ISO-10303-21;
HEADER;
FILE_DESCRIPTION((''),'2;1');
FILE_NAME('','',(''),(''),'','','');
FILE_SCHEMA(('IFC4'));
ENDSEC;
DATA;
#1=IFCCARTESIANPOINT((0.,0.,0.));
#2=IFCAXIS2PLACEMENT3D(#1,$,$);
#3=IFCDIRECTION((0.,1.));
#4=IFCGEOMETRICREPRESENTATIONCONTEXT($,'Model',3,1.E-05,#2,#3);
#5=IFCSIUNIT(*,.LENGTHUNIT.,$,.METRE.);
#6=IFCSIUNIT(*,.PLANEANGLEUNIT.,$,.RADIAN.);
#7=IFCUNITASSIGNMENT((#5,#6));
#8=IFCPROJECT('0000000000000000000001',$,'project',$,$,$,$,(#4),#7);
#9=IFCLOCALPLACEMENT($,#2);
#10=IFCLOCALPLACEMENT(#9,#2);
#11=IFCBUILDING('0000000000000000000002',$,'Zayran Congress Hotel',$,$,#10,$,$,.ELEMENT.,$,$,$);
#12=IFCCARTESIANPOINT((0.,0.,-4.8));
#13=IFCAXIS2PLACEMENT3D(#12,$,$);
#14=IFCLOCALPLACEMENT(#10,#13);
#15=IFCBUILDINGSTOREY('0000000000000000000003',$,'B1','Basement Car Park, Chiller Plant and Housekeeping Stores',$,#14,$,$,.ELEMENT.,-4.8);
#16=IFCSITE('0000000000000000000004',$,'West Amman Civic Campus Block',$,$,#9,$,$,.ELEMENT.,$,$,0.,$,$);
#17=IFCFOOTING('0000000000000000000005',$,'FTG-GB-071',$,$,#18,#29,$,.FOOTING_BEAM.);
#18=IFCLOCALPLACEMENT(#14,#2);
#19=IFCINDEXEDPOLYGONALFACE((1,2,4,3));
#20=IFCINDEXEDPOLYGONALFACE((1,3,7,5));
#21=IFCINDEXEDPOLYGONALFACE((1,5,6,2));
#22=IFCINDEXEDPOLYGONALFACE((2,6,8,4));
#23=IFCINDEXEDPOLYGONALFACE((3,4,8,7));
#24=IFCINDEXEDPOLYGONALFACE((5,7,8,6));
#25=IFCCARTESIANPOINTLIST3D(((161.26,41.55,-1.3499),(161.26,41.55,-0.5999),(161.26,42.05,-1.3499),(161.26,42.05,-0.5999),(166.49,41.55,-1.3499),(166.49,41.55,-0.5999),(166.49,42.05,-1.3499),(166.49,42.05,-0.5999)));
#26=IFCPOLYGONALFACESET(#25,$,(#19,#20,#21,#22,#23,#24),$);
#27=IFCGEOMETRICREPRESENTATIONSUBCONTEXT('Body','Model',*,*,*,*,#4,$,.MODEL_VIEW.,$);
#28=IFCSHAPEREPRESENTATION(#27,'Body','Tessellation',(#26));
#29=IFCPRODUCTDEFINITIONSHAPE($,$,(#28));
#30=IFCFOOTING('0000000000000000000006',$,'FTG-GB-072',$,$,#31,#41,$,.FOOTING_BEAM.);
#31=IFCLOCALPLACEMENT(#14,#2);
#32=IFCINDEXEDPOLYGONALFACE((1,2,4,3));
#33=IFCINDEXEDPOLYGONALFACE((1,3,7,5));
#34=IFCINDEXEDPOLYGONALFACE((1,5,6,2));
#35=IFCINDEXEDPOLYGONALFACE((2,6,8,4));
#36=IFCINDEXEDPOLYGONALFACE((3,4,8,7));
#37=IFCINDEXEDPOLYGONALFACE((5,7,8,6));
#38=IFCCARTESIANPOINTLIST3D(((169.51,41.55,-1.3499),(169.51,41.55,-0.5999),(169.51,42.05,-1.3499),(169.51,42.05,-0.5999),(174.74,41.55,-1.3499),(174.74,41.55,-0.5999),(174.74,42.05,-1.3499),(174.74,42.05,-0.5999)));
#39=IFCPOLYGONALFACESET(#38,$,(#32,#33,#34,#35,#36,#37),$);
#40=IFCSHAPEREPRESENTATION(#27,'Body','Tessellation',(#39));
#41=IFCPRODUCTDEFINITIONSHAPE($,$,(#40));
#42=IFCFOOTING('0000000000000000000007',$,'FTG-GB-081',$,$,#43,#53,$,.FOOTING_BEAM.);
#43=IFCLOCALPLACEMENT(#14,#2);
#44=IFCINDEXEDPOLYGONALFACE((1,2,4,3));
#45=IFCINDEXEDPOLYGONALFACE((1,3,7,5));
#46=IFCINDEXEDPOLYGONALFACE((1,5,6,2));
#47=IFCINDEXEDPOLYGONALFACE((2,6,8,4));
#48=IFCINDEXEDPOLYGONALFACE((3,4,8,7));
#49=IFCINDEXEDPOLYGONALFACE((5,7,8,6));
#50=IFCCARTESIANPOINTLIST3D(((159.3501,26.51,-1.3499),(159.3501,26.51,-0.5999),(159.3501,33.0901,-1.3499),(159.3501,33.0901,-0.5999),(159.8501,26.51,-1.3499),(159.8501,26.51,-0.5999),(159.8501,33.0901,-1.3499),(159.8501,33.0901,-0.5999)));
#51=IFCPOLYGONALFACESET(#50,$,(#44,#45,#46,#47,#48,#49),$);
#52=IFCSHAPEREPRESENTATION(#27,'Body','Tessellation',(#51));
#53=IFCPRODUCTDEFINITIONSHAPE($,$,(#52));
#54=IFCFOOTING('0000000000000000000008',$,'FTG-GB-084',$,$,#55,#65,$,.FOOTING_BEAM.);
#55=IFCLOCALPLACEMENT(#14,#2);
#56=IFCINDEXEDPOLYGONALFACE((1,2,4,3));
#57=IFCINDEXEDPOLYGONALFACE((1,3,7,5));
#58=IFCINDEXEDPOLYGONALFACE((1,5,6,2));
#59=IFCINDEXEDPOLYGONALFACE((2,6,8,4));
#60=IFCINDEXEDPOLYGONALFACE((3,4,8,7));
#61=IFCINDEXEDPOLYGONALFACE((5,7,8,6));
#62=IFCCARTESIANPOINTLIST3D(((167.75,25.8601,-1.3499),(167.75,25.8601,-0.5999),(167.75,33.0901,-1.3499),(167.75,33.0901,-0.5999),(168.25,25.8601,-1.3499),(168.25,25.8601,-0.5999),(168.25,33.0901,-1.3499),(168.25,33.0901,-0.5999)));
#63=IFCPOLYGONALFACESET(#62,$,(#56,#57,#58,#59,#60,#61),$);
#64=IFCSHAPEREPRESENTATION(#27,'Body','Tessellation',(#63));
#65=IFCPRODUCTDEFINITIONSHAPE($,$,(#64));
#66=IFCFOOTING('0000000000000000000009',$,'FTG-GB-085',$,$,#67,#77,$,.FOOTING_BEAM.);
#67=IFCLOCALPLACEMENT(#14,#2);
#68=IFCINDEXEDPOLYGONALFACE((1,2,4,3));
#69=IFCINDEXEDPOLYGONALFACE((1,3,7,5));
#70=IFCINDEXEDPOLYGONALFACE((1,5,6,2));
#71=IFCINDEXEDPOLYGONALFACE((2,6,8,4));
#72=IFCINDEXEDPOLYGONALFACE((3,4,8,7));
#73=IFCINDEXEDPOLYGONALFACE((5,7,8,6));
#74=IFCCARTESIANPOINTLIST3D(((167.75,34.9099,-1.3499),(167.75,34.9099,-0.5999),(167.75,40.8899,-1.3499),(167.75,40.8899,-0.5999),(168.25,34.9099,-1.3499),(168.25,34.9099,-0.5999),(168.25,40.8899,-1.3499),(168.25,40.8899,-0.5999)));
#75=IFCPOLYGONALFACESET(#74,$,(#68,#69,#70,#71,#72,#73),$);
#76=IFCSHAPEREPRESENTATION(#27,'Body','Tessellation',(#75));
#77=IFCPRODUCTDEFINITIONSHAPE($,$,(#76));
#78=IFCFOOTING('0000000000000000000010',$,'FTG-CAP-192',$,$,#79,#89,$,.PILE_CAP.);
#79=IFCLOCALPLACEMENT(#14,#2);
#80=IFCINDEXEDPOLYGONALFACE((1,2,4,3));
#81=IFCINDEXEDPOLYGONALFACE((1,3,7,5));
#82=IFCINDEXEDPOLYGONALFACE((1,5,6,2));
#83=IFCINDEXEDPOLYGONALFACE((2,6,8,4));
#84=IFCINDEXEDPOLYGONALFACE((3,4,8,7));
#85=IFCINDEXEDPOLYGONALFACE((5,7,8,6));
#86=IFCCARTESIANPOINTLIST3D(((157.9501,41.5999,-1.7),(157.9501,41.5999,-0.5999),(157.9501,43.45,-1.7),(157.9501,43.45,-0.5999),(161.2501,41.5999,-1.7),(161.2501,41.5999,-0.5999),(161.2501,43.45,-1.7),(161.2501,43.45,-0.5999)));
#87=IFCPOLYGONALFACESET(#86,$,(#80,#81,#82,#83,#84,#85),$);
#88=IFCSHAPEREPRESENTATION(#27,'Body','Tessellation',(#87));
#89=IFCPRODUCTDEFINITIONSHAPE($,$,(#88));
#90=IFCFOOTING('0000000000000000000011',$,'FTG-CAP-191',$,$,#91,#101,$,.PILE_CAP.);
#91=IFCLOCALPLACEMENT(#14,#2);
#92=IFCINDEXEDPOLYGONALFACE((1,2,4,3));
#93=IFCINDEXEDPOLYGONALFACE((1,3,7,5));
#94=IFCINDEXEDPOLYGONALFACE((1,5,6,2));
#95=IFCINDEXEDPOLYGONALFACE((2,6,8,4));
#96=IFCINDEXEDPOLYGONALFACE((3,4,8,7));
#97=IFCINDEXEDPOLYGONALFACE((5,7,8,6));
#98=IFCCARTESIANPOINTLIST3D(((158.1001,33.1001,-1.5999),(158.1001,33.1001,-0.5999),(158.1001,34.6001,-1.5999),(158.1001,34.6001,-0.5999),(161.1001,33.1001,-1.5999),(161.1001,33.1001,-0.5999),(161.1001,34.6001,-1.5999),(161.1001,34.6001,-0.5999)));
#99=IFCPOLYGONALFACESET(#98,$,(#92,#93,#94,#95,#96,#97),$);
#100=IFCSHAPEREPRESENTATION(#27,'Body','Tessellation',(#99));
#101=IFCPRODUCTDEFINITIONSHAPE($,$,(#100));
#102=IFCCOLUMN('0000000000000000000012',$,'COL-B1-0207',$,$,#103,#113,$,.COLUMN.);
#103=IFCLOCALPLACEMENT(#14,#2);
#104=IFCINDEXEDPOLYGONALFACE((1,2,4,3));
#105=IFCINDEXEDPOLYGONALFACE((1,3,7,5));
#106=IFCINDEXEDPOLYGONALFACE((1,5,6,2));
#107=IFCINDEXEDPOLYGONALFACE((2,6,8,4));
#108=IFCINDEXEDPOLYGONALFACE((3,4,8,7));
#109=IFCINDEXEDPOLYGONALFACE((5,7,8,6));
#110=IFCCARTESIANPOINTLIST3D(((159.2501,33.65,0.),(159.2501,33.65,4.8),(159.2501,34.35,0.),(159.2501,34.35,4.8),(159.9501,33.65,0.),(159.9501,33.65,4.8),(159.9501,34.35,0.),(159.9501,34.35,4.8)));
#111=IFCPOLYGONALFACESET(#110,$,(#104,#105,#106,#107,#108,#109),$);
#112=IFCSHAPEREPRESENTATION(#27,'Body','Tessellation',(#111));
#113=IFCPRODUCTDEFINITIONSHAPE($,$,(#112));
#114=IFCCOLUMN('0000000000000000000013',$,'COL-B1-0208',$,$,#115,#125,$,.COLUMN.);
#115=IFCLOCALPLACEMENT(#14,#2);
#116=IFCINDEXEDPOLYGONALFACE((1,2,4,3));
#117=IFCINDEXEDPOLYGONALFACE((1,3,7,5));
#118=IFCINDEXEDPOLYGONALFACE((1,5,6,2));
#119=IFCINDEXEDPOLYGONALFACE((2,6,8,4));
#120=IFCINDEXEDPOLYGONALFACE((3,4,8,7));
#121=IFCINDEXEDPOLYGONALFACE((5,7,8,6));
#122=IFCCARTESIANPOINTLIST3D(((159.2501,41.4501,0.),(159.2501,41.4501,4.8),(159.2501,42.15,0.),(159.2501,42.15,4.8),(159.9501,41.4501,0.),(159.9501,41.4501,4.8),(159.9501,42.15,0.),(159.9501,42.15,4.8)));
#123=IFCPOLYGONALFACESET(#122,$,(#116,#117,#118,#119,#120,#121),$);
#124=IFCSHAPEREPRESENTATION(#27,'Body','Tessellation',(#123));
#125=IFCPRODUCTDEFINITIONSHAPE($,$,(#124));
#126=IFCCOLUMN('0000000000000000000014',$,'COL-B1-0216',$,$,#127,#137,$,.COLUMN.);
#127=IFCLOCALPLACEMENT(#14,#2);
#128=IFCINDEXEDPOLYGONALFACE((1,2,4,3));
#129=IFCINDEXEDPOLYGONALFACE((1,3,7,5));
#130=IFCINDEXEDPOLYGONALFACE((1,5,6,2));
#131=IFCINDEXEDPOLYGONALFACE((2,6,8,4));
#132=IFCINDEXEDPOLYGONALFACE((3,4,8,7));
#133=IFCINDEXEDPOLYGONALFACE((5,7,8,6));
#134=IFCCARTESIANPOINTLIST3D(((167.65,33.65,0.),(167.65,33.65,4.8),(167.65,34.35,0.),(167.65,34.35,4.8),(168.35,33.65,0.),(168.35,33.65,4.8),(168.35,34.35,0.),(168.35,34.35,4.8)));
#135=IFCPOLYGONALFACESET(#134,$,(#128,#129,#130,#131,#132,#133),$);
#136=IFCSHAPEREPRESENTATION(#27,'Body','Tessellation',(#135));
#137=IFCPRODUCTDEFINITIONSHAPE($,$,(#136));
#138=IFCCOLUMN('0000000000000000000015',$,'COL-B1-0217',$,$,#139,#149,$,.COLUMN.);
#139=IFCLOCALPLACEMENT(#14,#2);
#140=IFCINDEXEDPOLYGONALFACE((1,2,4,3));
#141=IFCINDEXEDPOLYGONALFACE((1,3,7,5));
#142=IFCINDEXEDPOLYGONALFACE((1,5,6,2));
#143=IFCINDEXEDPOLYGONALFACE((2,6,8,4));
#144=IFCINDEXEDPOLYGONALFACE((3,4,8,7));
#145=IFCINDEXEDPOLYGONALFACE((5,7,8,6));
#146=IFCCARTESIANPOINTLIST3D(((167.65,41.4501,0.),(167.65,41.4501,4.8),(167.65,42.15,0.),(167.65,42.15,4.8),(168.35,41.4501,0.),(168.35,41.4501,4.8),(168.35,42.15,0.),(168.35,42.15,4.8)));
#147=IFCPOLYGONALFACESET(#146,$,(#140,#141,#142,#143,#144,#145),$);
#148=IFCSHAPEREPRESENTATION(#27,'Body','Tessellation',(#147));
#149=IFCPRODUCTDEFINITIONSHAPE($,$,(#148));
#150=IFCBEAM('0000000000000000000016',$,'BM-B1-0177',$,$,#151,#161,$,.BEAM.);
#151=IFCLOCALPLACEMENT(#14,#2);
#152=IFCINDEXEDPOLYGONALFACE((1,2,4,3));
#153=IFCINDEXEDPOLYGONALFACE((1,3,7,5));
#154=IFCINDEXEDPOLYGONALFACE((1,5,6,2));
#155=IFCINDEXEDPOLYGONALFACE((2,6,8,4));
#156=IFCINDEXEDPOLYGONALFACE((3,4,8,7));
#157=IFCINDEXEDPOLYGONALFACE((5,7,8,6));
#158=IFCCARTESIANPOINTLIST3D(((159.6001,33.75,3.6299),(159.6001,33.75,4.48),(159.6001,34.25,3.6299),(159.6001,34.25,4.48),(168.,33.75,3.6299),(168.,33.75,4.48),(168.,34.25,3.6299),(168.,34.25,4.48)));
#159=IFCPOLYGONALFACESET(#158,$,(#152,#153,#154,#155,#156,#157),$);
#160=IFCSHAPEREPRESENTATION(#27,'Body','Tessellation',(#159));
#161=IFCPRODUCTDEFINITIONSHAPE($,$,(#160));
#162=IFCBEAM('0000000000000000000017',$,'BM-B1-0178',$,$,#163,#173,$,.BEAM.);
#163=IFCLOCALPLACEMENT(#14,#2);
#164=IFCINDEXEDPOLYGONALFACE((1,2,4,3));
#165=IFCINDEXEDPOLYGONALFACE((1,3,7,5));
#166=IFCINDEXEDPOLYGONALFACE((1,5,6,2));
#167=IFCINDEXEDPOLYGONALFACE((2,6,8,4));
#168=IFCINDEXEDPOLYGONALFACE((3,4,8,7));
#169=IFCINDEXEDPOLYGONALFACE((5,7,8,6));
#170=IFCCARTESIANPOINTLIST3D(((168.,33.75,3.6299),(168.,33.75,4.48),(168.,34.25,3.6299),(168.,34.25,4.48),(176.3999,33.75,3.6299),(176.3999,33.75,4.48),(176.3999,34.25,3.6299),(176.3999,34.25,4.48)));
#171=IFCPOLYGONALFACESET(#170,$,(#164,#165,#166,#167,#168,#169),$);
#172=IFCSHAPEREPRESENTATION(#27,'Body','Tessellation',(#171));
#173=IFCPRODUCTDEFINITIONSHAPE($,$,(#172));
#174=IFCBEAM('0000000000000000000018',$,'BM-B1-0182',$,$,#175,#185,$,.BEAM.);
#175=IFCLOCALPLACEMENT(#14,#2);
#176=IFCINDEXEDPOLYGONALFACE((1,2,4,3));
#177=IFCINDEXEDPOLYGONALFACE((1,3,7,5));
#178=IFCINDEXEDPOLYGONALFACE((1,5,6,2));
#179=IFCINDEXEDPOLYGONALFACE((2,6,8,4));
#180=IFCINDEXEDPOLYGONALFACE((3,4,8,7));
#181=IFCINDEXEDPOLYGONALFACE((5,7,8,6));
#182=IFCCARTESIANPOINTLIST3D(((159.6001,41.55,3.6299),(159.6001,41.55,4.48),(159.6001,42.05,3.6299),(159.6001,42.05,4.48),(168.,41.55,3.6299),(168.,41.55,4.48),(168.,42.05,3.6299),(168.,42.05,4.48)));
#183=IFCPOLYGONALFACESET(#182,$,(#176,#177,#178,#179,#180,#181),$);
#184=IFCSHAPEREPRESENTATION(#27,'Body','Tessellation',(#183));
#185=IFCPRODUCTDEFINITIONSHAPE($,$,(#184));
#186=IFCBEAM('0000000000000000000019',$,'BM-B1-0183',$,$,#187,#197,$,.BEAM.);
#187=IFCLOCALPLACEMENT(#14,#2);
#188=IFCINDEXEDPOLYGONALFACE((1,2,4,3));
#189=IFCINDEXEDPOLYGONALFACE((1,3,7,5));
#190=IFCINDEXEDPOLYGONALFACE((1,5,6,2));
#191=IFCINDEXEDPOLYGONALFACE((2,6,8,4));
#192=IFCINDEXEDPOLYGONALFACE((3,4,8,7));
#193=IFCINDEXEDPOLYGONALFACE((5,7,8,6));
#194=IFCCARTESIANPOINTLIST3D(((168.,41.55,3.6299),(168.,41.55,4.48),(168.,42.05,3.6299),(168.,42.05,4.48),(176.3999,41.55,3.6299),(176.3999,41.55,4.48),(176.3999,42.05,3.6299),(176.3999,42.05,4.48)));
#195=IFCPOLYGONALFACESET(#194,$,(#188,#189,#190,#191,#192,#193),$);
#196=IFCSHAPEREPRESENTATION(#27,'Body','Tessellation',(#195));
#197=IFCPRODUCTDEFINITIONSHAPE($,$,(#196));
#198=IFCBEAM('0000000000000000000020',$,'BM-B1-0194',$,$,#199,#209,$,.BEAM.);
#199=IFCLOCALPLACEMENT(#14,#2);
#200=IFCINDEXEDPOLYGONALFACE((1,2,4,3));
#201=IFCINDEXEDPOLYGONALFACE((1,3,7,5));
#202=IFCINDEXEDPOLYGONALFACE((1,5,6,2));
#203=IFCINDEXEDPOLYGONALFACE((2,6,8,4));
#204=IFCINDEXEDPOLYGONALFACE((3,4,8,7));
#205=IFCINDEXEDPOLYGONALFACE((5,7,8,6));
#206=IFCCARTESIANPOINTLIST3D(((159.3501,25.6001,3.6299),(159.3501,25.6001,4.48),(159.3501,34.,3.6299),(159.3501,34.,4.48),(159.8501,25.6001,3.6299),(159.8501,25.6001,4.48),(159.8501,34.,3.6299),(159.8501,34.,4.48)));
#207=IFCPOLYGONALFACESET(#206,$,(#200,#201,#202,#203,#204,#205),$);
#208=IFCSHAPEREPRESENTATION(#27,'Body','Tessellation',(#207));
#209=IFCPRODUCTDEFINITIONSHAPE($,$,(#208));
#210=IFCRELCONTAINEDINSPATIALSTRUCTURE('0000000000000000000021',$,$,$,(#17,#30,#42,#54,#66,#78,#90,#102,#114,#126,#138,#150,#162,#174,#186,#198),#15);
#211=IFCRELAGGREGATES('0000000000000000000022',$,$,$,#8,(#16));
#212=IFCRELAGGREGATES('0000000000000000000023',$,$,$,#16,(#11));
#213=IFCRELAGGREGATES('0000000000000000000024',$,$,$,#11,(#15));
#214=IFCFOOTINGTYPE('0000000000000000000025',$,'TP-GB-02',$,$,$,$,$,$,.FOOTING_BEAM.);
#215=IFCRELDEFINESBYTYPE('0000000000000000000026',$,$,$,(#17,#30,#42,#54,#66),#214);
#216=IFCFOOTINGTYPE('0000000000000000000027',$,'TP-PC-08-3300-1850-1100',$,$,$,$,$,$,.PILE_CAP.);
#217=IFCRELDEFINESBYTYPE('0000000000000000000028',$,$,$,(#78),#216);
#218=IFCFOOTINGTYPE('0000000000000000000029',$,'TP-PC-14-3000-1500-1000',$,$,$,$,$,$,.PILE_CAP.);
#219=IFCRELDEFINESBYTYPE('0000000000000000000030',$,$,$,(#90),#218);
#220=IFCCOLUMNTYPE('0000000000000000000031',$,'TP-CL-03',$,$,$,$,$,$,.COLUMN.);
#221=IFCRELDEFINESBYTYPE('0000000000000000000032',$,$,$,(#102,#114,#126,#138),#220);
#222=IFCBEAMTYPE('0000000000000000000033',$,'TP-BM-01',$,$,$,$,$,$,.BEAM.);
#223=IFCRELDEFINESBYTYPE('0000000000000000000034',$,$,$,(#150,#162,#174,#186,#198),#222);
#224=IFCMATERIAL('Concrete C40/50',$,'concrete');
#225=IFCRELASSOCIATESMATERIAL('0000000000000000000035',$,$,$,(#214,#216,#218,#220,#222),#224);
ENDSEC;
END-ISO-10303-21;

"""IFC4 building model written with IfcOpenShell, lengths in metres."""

from ifc_helpers import new_model, si_unit, direction, frame, origin, origin_2d, place, context, subcontext, project, spatial, rectangle, extrude, material, material_profile, profile_set, type_object, element, save


model = new_model("IFC4")

# Units and contexts
model_context = context("Model", 3, precision=1e-05, world=origin(), true_north=direction((0.0, 1.0)))
body_context = subcontext(model_context, "Body", "Model", "MODEL_VIEW")
ifc_project = project(units=[si_unit("LENGTHUNIT", "METRE"), si_unit("PLANEANGLEUNIT", "RADIAN")], contexts=[model_context])

# Site, building, storey
site_placement = place(None, origin())
site = spatial("IfcSite", under=ifc_project, at=site_placement, Name="West Amman Civic Campus Block", CompositionType="ELEMENT", RefElevation=0.0)
building_placement = place(site_placement, origin())
building = spatial("IfcBuilding", under=site, at=building_placement, Name="Zayran Congress Hotel", CompositionType="ELEMENT")
storey_placement = place(building_placement, frame((0.0, 0.0, -4.8)))
storey = spatial("IfcBuildingStorey", under=building, at=storey_placement, Name="B1", Description="Basement Car Park, Chiller Plant and Housekeeping Stores", CompositionType="ELEMENT", Elevation=-4.8)

# Shared definitions
ifc_material_1 = material(Name="Concrete C40/50", Category="concrete")

# Footings
footing_type_1 = type_object("IfcFootingType", Name="TP-GB-02", PredefinedType="FOOTING_BEAM", material=ifc_material_1)
for number, where, z_axis, x_axis, name in (
    (1, (163.875, 41.8, -1.3499), (0.0, 0.0, 1.0), (1.0, 0.0, 0.0), "FTG-GB-071"),
    (2, (172.125, 41.8, -1.3499), (0.0, 0.0, 1.0), (1.0, 0.0, 0.0), "FTG-GB-072"),
):
    element("IfcFooting", number, at=place(storey_placement, frame(where, z_axis=z_axis, x_axis=x_axis)), inside=storey, type_object=footing_type_1, Name=name, PredefinedType="FOOTING_BEAM", context=body_context, shape_type="SweptSolid", body=[
        extrude(rectangle(XDim=5.23, YDim=0.5, at=origin_2d()), origin(), (0.0, 0.0, 1.0), 0.75),
    ])
footing_1_placement = place(storey_placement, frame((159.6001, 29.8, -1.3499), z_axis=(0.0, 0.0, 1.0), x_axis=(0.0, 1.0, 0.0)))
element("IfcFooting", 3, at=footing_1_placement, inside=storey, type_object=footing_type_1, Name="FTG-GB-081", PredefinedType="FOOTING_BEAM", context=body_context, shape_type="SweptSolid", body=[
    extrude(rectangle(XDim=6.5801, YDim=0.5, at=origin_2d()), origin(), (0.0, 0.0, 1.0), 0.75),
])
footing_2_placement = place(storey_placement, frame((168.0, 29.4751, -1.3499), z_axis=(0.0, 0.0, 1.0), x_axis=(0.0, 1.0, 0.0)))
element("IfcFooting", 4, at=footing_2_placement, inside=storey, type_object=footing_type_1, Name="FTG-GB-084", PredefinedType="FOOTING_BEAM", context=body_context, shape_type="SweptSolid", body=[
    extrude(rectangle(XDim=7.23, YDim=0.5, at=origin_2d()), origin(), (0.0, 0.0, 1.0), 0.75),
])
footing_3_placement = place(storey_placement, frame((168.0, 37.8999, -1.3499), z_axis=(0.0, 0.0, 1.0), x_axis=(0.0, 1.0, 0.0)))
element("IfcFooting", 5, at=footing_3_placement, inside=storey, type_object=footing_type_1, Name="FTG-GB-085", PredefinedType="FOOTING_BEAM", context=body_context, shape_type="SweptSolid", body=[
    extrude(rectangle(XDim=5.98, YDim=0.5, at=origin_2d()), origin(), (0.0, 0.0, 1.0), 0.75),
])
footing_type_2 = type_object("IfcFootingType", Name="TP-PC-08-3300-1850-1100", PredefinedType="PILE_CAP", material=ifc_material_1)
footing_4_placement = place(storey_placement, frame((159.6001, 42.5249, -1.7), z_axis=(0.0, 0.0, 1.0), x_axis=(1.0, 0.0, 0.0)))
element("IfcFooting", 6, at=footing_4_placement, inside=storey, type_object=footing_type_2, Name="FTG-CAP-192", PredefinedType="PILE_CAP", context=body_context, shape_type="SweptSolid", body=[
    extrude(rectangle(XDim=3.3, YDim=1.8501, at=origin_2d()), origin(), (0.0, 0.0, 1.0), 1.1001),
])
footing_type_3 = type_object("IfcFootingType", Name="TP-PC-14-3000-1500-1000", PredefinedType="PILE_CAP", material=ifc_material_1)
footing_5_placement = place(storey_placement, frame((159.6001, 33.8501, -1.5999), z_axis=(0.0, 0.0, 1.0), x_axis=(1.0, 0.0, 0.0)))
element("IfcFooting", 7, at=footing_5_placement, inside=storey, type_object=footing_type_3, Name="FTG-CAP-191", PredefinedType="PILE_CAP", context=body_context, shape_type="SweptSolid", body=[
    extrude(rectangle(XDim=3.0, YDim=1.5, at=origin_2d()), origin(), (0.0, 0.0, 1.0), 1.0),
])

# Columns
ifc_material_profile_1 = material_profile(ifc_material_1, rectangle(XDim=0.7, YDim=0.7, at=origin_2d()), Name="RC 700x700")
ifc_profile_set_1 = profile_set([ifc_material_profile_1], Name="Concrete C40/50")
column_type = type_object("IfcColumnType", Name="TP-CL-03", PredefinedType="COLUMN", material=ifc_profile_set_1)
for number, where, z_axis, x_axis, name in (
    (8, (159.6001, 34.0, 0.0), (0.0, 0.0, 1.0), (1.0, 0.0, 0.0), "COL-B1-0207"),
    (9, (159.6001, 41.8, 0.0), (0.0, 0.0, 1.0), (1.0, 0.0, 0.0), "COL-B1-0208"),
    (10, (168.0, 34.0, 0.0), (0.0, 0.0, 1.0), (1.0, 0.0, 0.0), "COL-B1-0216"),
    (11, (168.0, 41.8, 0.0), (0.0, 0.0, 1.0), (1.0, 0.0, 0.0), "COL-B1-0217"),
):
    element("IfcColumn", number, at=place(storey_placement, frame(where, z_axis=z_axis, x_axis=x_axis)), inside=storey, type_object=column_type, Name=name, PredefinedType="COLUMN", context=body_context, shape_type="SweptSolid", body=[
        extrude(rectangle(XDim=0.7, YDim=0.7, at=origin_2d()), origin(), (0.0, 0.0, 1.0), 4.8),
    ])

# Beams
ifc_material_profile_2 = material_profile(ifc_material_1, rectangle(XDim=0.5, YDim=0.8501, at=origin_2d()), Name="RC 500x850")
ifc_profile_set_2 = profile_set([ifc_material_profile_2], Name="Concrete C40/50")
beam_type = type_object("IfcBeamType", Name="TP-BM-01", PredefinedType="BEAM", material=ifc_profile_set_2)
for number, where, z_axis, x_axis, name in (
    (12, (159.6001, 34.0, 4.0549), (1.0, 0.0, 0.0), (0.0, 1.0, 0.0), "BM-B1-0177"),
    (13, (168.0, 34.0, 4.0549), (1.0, 0.0, 0.0), (0.0, 1.0, 0.0), "BM-B1-0178"),
    (14, (159.6001, 41.8, 4.0549), (1.0, 0.0, 0.0), (0.0, 1.0, 0.0), "BM-B1-0182"),
    (15, (168.0, 41.8, 4.0549), (1.0, 0.0, 0.0), (0.0, 1.0, 0.0), "BM-B1-0183"),
    (16, (159.6001, 25.6001, 4.0549), (0.0, 1.0, 0.0), (-1.0, 0.0, 0.0), "BM-B1-0194"),
):
    element("IfcBeam", number, at=place(storey_placement, frame(where, z_axis=z_axis, x_axis=x_axis)), inside=storey, type_object=beam_type, Name=name, PredefinedType="BEAM", context=body_context, shape_type="SweptSolid", body=[
        extrude(rectangle(XDim=0.5, YDim=0.8501, at=origin_2d()), origin(), (0.0, 0.0, 1.0), 8.3999),
    ])

save(model, "model.ifc")
